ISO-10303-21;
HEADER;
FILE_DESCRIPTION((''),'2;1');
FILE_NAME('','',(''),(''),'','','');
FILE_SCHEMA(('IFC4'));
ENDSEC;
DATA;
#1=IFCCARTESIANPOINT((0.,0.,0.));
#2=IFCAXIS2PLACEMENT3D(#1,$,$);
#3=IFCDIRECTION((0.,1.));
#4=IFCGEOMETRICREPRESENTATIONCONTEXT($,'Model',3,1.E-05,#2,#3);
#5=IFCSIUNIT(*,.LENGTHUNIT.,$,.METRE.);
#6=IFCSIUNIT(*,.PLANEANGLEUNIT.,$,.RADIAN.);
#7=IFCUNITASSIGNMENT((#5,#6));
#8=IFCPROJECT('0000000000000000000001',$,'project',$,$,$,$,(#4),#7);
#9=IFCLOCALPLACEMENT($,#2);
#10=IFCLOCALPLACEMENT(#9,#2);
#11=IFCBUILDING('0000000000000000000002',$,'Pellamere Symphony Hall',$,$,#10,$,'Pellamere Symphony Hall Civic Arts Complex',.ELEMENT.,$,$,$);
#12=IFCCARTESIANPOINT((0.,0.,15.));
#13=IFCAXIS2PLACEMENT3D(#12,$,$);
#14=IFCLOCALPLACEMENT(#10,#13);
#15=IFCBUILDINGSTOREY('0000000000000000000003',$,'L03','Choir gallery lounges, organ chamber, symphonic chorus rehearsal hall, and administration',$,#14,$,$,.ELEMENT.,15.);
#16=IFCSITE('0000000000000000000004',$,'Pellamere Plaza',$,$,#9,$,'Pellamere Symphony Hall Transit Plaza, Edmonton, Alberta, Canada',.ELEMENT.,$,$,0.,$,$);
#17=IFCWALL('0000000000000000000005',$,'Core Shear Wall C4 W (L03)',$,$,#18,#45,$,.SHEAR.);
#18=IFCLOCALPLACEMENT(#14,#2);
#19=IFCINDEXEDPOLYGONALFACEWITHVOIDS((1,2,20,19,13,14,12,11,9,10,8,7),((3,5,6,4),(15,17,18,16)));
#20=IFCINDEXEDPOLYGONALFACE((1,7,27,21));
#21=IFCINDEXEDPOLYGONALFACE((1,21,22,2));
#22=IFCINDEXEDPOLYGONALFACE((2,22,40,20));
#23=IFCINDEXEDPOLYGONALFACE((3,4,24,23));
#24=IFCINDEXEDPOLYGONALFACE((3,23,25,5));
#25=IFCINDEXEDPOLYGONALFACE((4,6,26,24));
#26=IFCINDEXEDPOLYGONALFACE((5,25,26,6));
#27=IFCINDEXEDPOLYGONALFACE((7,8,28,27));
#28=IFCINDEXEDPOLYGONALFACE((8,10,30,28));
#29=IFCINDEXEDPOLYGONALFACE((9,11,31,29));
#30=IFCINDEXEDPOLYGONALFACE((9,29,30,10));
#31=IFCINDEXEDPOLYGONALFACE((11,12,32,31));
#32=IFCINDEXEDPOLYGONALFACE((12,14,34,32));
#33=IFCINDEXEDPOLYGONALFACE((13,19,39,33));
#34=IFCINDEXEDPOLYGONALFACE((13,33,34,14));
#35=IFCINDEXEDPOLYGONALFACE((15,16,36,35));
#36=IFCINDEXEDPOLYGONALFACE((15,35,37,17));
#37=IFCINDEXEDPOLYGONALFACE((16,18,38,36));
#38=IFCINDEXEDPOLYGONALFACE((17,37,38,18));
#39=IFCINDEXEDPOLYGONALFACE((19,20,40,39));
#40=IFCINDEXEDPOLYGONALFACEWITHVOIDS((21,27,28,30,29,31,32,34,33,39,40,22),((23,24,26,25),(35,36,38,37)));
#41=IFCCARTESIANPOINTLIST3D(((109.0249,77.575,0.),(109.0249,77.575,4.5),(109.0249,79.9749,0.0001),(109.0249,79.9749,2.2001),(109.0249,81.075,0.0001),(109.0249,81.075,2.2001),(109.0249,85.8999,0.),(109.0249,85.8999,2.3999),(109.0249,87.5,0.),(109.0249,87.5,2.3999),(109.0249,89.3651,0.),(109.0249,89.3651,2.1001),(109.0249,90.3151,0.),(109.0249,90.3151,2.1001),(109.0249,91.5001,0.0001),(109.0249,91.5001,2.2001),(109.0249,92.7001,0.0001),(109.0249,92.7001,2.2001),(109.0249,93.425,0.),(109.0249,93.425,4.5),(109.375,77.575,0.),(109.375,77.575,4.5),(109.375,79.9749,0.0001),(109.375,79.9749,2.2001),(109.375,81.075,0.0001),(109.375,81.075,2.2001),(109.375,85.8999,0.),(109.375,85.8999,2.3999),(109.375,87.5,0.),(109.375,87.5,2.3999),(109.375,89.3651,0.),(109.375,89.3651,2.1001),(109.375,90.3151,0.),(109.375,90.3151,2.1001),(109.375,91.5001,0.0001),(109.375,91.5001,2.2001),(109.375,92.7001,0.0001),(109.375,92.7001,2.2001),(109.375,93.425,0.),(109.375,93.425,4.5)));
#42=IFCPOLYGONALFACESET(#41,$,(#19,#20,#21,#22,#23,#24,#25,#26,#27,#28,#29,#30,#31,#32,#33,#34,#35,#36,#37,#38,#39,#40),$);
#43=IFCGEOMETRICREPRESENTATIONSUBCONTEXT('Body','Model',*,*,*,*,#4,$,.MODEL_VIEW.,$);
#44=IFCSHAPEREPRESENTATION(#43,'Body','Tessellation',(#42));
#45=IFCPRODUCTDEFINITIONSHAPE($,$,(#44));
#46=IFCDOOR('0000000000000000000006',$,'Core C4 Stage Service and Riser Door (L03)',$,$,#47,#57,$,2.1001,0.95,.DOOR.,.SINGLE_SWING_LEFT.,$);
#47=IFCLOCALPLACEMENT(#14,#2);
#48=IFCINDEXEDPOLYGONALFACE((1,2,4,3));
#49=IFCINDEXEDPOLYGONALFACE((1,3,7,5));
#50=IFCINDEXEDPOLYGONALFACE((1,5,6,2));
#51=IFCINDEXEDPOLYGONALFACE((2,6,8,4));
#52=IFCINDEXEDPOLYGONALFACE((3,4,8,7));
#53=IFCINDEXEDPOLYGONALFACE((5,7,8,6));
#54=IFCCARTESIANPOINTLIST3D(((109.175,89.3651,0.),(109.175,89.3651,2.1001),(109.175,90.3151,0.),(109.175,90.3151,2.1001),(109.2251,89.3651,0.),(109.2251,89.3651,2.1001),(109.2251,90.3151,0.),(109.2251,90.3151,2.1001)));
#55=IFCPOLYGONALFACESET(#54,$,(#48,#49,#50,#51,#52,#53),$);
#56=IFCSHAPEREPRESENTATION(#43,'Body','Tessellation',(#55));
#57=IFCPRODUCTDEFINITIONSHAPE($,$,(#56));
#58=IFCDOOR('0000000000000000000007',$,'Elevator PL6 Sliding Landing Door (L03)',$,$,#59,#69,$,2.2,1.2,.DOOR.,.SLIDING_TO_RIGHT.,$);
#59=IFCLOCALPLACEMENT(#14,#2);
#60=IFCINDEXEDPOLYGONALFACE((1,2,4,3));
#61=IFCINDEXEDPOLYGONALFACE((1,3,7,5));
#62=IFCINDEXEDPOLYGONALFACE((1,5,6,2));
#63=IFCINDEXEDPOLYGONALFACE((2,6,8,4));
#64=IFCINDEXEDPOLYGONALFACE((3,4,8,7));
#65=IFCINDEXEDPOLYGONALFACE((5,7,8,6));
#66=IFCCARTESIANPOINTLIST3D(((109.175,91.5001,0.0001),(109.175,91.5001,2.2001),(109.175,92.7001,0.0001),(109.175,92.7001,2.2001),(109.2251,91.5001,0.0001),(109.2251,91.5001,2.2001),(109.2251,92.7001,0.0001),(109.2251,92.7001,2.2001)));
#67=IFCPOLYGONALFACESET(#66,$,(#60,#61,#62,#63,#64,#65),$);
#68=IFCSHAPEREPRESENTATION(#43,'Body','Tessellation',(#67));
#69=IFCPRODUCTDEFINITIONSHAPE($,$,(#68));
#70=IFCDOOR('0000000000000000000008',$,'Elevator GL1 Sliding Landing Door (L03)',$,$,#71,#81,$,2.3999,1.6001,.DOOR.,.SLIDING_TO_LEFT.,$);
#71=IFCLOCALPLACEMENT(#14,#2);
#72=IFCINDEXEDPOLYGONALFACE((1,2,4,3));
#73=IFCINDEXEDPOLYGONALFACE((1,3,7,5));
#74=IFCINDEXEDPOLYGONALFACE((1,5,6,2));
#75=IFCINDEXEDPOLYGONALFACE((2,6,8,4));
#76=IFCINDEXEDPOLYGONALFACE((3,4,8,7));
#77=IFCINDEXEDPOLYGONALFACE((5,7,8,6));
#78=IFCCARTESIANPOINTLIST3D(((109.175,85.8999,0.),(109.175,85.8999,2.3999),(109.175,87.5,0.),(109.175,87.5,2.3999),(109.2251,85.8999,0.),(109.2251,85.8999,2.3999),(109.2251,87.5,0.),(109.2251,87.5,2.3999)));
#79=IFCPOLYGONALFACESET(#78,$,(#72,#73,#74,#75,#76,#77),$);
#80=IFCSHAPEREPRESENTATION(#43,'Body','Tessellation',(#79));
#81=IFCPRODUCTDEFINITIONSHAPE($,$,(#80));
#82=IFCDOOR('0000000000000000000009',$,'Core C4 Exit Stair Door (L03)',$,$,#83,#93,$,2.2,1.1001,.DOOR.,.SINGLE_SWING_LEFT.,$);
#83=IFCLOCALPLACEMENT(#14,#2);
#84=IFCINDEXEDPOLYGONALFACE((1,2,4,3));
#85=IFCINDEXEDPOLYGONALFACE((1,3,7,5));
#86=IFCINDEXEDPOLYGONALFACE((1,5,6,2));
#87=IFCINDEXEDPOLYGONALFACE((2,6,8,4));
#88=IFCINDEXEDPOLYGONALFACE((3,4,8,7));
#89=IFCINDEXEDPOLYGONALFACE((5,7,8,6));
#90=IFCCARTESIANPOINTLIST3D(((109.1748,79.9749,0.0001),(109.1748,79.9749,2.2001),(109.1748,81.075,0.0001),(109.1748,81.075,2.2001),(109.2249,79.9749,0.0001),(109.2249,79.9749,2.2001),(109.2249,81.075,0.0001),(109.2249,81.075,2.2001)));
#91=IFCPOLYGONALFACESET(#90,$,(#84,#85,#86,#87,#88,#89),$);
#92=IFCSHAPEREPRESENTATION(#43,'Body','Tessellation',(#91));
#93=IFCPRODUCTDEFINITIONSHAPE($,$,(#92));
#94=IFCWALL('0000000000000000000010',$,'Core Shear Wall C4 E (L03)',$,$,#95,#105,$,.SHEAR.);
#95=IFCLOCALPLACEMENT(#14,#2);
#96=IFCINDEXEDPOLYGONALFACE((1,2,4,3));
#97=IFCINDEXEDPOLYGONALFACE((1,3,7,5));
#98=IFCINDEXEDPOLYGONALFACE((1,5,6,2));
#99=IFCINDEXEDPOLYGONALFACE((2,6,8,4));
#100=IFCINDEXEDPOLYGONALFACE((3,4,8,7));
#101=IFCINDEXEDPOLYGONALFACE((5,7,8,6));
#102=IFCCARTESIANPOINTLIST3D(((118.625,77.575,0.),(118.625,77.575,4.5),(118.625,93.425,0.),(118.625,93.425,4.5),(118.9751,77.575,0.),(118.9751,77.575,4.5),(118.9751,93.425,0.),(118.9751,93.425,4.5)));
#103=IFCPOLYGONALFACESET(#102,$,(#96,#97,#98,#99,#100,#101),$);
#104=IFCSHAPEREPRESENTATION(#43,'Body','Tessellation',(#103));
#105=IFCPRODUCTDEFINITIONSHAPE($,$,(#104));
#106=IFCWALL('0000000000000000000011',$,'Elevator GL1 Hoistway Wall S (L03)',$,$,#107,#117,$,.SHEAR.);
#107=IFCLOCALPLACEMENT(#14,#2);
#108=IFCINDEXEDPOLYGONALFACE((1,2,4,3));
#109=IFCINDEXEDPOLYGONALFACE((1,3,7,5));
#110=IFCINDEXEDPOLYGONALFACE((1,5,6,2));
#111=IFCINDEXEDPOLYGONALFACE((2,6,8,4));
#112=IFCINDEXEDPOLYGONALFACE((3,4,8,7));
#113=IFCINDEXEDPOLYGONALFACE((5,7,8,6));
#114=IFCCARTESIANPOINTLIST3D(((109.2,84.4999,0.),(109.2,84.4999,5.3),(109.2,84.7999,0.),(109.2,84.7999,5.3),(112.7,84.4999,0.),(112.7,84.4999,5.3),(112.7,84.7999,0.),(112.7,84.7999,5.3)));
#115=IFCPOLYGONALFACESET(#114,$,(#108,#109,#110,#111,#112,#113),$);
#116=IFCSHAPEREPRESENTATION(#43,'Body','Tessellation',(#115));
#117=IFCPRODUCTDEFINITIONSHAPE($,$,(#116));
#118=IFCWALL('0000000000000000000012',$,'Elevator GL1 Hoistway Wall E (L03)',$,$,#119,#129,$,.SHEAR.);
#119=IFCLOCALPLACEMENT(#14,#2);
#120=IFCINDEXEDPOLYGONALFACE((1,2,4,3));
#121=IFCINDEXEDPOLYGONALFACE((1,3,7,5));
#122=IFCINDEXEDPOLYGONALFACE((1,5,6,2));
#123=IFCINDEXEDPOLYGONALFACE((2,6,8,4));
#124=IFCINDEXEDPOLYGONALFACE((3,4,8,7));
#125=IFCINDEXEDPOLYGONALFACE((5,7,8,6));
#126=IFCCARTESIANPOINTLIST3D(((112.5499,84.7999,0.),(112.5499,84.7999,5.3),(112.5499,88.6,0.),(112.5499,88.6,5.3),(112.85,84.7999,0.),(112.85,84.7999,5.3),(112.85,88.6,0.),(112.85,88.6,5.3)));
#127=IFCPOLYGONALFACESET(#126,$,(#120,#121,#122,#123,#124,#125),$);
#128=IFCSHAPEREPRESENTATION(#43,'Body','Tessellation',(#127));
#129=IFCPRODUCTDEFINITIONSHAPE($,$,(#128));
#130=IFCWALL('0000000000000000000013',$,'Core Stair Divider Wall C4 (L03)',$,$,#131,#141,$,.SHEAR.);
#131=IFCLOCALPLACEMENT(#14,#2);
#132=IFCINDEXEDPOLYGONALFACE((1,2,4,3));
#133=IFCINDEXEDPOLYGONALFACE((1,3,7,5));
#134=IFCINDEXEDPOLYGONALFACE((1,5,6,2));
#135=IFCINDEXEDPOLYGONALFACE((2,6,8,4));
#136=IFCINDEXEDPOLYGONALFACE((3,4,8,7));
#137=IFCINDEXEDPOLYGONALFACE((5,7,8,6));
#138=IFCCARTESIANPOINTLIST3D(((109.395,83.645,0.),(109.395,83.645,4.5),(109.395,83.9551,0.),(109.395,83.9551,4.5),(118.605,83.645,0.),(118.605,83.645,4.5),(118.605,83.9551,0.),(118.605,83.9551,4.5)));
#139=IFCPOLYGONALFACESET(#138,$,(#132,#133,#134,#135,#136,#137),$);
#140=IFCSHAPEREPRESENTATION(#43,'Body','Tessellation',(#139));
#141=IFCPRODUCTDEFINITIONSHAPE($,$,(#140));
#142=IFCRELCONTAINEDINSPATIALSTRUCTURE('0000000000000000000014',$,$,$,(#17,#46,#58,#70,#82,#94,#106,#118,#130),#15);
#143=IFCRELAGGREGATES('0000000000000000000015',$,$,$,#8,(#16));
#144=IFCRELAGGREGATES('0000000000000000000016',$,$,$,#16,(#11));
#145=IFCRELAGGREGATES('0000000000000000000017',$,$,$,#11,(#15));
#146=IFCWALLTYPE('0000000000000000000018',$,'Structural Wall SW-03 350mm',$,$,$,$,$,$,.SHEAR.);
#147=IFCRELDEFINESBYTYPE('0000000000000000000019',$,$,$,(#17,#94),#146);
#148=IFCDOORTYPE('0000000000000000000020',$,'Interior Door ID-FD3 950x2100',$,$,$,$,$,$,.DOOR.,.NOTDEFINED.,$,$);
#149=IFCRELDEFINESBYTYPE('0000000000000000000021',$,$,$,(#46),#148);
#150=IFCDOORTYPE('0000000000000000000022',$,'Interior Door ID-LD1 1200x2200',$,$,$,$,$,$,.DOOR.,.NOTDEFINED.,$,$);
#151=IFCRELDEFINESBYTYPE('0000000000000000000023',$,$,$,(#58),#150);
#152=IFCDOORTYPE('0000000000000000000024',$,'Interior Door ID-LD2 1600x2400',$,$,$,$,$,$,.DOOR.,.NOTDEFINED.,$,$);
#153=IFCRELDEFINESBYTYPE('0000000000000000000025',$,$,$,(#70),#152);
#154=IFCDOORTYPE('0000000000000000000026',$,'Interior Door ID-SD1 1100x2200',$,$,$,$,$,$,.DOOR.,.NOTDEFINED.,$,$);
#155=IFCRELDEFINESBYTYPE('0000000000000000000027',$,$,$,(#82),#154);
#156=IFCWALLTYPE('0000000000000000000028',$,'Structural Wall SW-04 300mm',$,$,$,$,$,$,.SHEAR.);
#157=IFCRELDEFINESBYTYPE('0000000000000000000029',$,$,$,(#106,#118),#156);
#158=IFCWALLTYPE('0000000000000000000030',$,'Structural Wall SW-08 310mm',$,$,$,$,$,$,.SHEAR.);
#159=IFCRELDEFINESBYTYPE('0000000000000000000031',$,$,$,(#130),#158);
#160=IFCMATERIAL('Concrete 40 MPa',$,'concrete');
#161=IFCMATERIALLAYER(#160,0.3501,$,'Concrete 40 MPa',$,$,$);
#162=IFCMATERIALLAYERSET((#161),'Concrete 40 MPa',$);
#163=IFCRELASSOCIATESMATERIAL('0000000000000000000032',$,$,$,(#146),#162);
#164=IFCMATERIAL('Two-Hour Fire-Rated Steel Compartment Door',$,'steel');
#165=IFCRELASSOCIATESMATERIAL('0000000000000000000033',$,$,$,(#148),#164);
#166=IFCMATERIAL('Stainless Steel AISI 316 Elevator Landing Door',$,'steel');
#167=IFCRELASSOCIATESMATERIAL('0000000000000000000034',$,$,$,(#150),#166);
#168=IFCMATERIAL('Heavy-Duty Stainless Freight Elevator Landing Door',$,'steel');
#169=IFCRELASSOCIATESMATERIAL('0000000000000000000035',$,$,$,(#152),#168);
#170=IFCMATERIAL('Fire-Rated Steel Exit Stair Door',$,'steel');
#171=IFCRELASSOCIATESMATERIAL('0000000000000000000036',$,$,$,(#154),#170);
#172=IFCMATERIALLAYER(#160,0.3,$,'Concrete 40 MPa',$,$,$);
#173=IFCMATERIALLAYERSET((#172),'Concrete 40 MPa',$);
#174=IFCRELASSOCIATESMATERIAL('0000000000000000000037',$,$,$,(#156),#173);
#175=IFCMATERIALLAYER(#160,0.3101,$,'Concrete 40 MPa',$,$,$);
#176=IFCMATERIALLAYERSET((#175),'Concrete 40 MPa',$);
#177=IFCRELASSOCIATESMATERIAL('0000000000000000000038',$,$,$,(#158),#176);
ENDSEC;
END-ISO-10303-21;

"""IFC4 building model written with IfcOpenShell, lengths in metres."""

from ifc_helpers import new_model, si_unit, direction, frame, frame_2d, origin, place, context, subcontext, project, spatial, rectangle, extrude, material, layer, layer_set, type_object, element, fill, save


model = new_model("IFC4")

# Units and contexts
model_context = context("Model", 3, precision=1e-05, world=origin(), true_north=direction((0.0, 1.0)))
body_context = subcontext(model_context, "Body", "Model", "MODEL_VIEW")
ifc_project = project(units=[si_unit("LENGTHUNIT", "METRE"), si_unit("PLANEANGLEUNIT", "RADIAN")], contexts=[model_context])

# Site, building, storey
site_placement = place(None, origin())
site = spatial("IfcSite", under=ifc_project, at=site_placement, Name="Pellamere Plaza", LongName="Pellamere Symphony Hall Transit Plaza, Edmonton, Alberta, Canada", CompositionType="ELEMENT", RefElevation=0.0)
building_placement = place(site_placement, origin())
building = spatial("IfcBuilding", under=site, at=building_placement, Name="Pellamere Symphony Hall", LongName="Pellamere Symphony Hall Civic Arts Complex", CompositionType="ELEMENT")
storey_placement = place(building_placement, frame((0.0, 0.0, 15.0)))
storey = spatial("IfcBuildingStorey", under=building, at=storey_placement, Name="L03", Description="Choir gallery lounges, organ chamber, symphonic chorus rehearsal hall, and administration", CompositionType="ELEMENT", Elevation=15.0)

# Shared definitions
ifc_material_1 = material(Name="Concrete 40 MPa", Category="concrete")

# Shared definitions
ifc_layer_1 = layer(ifc_material_1, 0.3501, Name="Concrete 40 MPa")
ifc_layer_set_1 = layer_set([ifc_layer_1], Name="Concrete 40 MPa")
wall_type_1 = type_object("IfcWallType", Name="Structural Wall SW-03 350mm", PredefinedType="SHEAR", material=ifc_layer_set_1)

# Wall, openings, doors
wall_1_placement = place(storey_placement, frame((109.2, 77.575, 0.0), z_axis=(0.0, 0.0, 1.0), x_axis=(0.0, 1.0, 0.0)))
wall_1 = element("IfcWall", 1, at=wall_1_placement, inside=storey, type_object=wall_type_1, Name="Core Shear Wall C4 W (L03)", PredefinedType="SHEAR", context=body_context, shape_type="SweptSolid", body=[
    extrude(rectangle(XDim=15.8501, YDim=0.3501, at=frame_2d((7.925, 0.0))), origin(), (0.0, 0.0, 1.0), 4.5),
])
opening_1_placement = place(wall_1_placement, frame((8.325, 0.0, 0.0)))
opening_1 = element("IfcOpeningElement", 2, at=opening_1_placement, cuts=wall_1, PredefinedType="OPENING", context=body_context, shape_type="SweptSolid", body=[
    extrude(rectangle(XDim=1.6001, YDim=2.3999, at=frame_2d((0.8, 1.2))), frame((0.0, 0.1851, 0.0), z_axis=(0.0, -1.0, 0.0), x_axis=(1.0, 0.0, 0.0)), (0.0, 0.0, 1.0), 0.3701),
])
opening_2_placement = place(wall_1_placement, frame((13.925, 0.0, 0.0)))
opening_2 = element("IfcOpeningElement", 3, at=opening_2_placement, cuts=wall_1, PredefinedType="OPENING", context=body_context, shape_type="SweptSolid", body=[
    extrude(rectangle(XDim=1.2, YDim=2.2, at=frame_2d((0.6001, 1.1001))), frame((0.0, 0.1851, 0.0), z_axis=(0.0, -1.0, 0.0), x_axis=(1.0, 0.0, 0.0)), (0.0, 0.0, 1.0), 0.3701),
])
opening_3_placement = place(wall_1_placement, frame((11.79, 0.0, 0.0)))
opening_3 = element("IfcOpeningElement", 4, at=opening_3_placement, cuts=wall_1, PredefinedType="OPENING", context=body_context, shape_type="SweptSolid", body=[
    extrude(rectangle(XDim=0.95, YDim=2.1001, at=frame_2d((0.4751, 1.05))), frame((0.0, 0.1851, 0.0), z_axis=(0.0, -1.0, 0.0), x_axis=(1.0, 0.0, 0.0)), (0.0, 0.0, 1.0), 0.3701),
])
opening_4_placement = place(wall_1_placement, frame((2.3999, 0.0, 0.0)))
opening_4 = element("IfcOpeningElement", 5, at=opening_4_placement, cuts=wall_1, PredefinedType="OPENING", context=body_context, shape_type="SweptSolid", body=[
    extrude(rectangle(XDim=1.1001, YDim=2.2, at=frame_2d((0.55, 1.1001))), frame((0.0, 0.1851, 0.0), z_axis=(0.0, -1.0, 0.0), x_axis=(1.0, 0.0, 0.0)), (0.0, 0.0, 1.0), 0.3701),
])
ifc_material_2 = material(Name="Two-Hour Fire-Rated Steel Compartment Door", Category="steel")
door_type_1 = type_object("IfcDoorType", Name="Interior Door ID-FD3 950x2100", OperationType="NOTDEFINED", PredefinedType="DOOR", material=ifc_material_2)
door_1_placement = place(opening_3_placement, origin())
door_1 = element("IfcDoor", 6, at=door_1_placement, inside=storey, type_object=door_type_1, Name="Core C4 Stage Service and Riser Door (L03)", OperationType="SINGLE_SWING_LEFT", OverallHeight=2.1001, OverallWidth=0.95, PredefinedType="DOOR", context=body_context, shape_type="SweptSolid", body=[
    extrude(rectangle(XDim=0.95, YDim=2.1001, at=frame_2d((0.4751, 1.05))), frame((0.0, 0.0249, 0.0), z_axis=(0.0, -1.0, 0.0), x_axis=(1.0, 0.0, 0.0)), (0.0, 0.0, 1.0), 0.05),
])
fill(opening_3, door_1)
ifc_material_3 = material(Name="Stainless Steel AISI 316 Elevator Landing Door", Category="steel")
door_type_2 = type_object("IfcDoorType", Name="Interior Door ID-LD1 1200x2200", OperationType="NOTDEFINED", PredefinedType="DOOR", material=ifc_material_3)
door_2_placement = place(opening_2_placement, origin())
door_2 = element("IfcDoor", 7, at=door_2_placement, inside=storey, type_object=door_type_2, Name="Elevator PL6 Sliding Landing Door (L03)", OperationType="SLIDING_TO_RIGHT", OverallHeight=2.2, OverallWidth=1.2, PredefinedType="DOOR", context=body_context, shape_type="SweptSolid", body=[
    extrude(rectangle(XDim=1.2, YDim=2.2, at=frame_2d((0.6001, 1.1001))), frame((0.0, 0.0249, 0.0), z_axis=(0.0, -1.0, 0.0), x_axis=(1.0, 0.0, 0.0)), (0.0, 0.0, 1.0), 0.05),
])
fill(opening_2, door_2)
ifc_material_4 = material(Name="Heavy-Duty Stainless Freight Elevator Landing Door", Category="steel")
door_type_3 = type_object("IfcDoorType", Name="Interior Door ID-LD2 1600x2400", OperationType="NOTDEFINED", PredefinedType="DOOR", material=ifc_material_4)
door_3_placement = place(opening_1_placement, origin())
door_3 = element("IfcDoor", 8, at=door_3_placement, inside=storey, type_object=door_type_3, Name="Elevator GL1 Sliding Landing Door (L03)", OperationType="SLIDING_TO_LEFT", OverallHeight=2.3999, OverallWidth=1.6001, PredefinedType="DOOR", context=body_context, shape_type="SweptSolid", body=[
    extrude(rectangle(XDim=1.6001, YDim=2.3999, at=frame_2d((0.8, 1.2))), frame((0.0, 0.0249, 0.0), z_axis=(0.0, -1.0, 0.0), x_axis=(1.0, 0.0, 0.0)), (0.0, 0.0, 1.0), 0.05),
])
fill(opening_1, door_3)
ifc_material_5 = material(Name="Fire-Rated Steel Exit Stair Door", Category="steel")
door_type_4 = type_object("IfcDoorType", Name="Interior Door ID-SD1 1100x2200", OperationType="NOTDEFINED", PredefinedType="DOOR", material=ifc_material_5)
door_4_placement = place(opening_4_placement, frame((1.1001, 0.0, 0.0), z_axis=(0.0, 0.0, 1.0), x_axis=(-1.0, 0.0, 0.0)))
door_4 = element("IfcDoor", 9, at=door_4_placement, inside=storey, type_object=door_type_4, Name="Core C4 Exit Stair Door (L03)", OperationType="SINGLE_SWING_LEFT", OverallHeight=2.2, OverallWidth=1.1001, PredefinedType="DOOR", context=body_context, shape_type="SweptSolid", body=[
    extrude(rectangle(XDim=1.1001, YDim=2.2, at=frame_2d((0.55, 1.1001))), frame((0.0, 0.0249, 0.0), z_axis=(0.0, -1.0, 0.0), x_axis=(1.0, 0.0, 0.0)), (0.0, 0.0, 1.0), 0.05),
])
fill(opening_4, door_4)

# Walls
wall_2_placement = place(storey_placement, frame((118.8, 77.575, 0.0), z_axis=(0.0, 0.0, 1.0), x_axis=(0.0, 1.0, 0.0)))
element("IfcWall", 10, at=wall_2_placement, inside=storey, type_object=wall_type_1, Name="Core Shear Wall C4 E (L03)", PredefinedType="SHEAR", context=body_context, shape_type="SweptSolid", body=[
    extrude(rectangle(XDim=15.8501, YDim=0.3501, at=frame_2d((7.925, 0.0))), origin(), (0.0, 0.0, 1.0), 4.5),
])
ifc_layer_2 = layer(ifc_material_1, 0.3, Name="Concrete 40 MPa")
ifc_layer_set_2 = layer_set([ifc_layer_2], Name="Concrete 40 MPa")
wall_type_2 = type_object("IfcWallType", Name="Structural Wall SW-04 300mm", PredefinedType="SHEAR", material=ifc_layer_set_2)
wall_3_placement = place(storey_placement, frame((109.2, 84.6499, 0.0), z_axis=(0.0, 0.0, 1.0), x_axis=(1.0, 0.0, 0.0)))
element("IfcWall", 11, at=wall_3_placement, inside=storey, type_object=wall_type_2, Name="Elevator GL1 Hoistway Wall S (L03)", PredefinedType="SHEAR", context=body_context, shape_type="SweptSolid", body=[
    extrude(rectangle(XDim=3.5, YDim=0.3, at=frame_2d((1.75, 0.0))), origin(), (0.0, 0.0, 1.0), 5.3),
])
wall_4_placement = place(storey_placement, frame((112.7, 84.8, 0.0), z_axis=(0.0, 0.0, 1.0), x_axis=(0.0, 1.0, 0.0)))
element("IfcWall", 12, at=wall_4_placement, inside=storey, type_object=wall_type_2, Name="Elevator GL1 Hoistway Wall E (L03)", PredefinedType="SHEAR", context=body_context, shape_type="SweptSolid", body=[
    extrude(rectangle(XDim=3.8, YDim=0.3, at=frame_2d((1.8999, 0.0))), origin(), (0.0, 0.0, 1.0), 5.3),
])
ifc_layer_3 = layer(ifc_material_1, 0.3101, Name="Concrete 40 MPa")
ifc_layer_set_3 = layer_set([ifc_layer_3], Name="Concrete 40 MPa")
wall_type_3 = type_object("IfcWallType", Name="Structural Wall SW-08 310mm", PredefinedType="SHEAR", material=ifc_layer_set_3)
wall_5_placement = place(storey_placement, frame((109.395, 83.8, 0.0), z_axis=(0.0, 0.0, 1.0), x_axis=(1.0, 0.0, 0.0)))
element("IfcWall", 13, at=wall_5_placement, inside=storey, type_object=wall_type_3, Name="Core Stair Divider Wall C4 (L03)", PredefinedType="SHEAR", context=body_context, shape_type="SweptSolid", body=[
    extrude(rectangle(XDim=9.21, YDim=0.3101, at=frame_2d((4.605, 0.0))), origin(), (0.0, 0.0, 1.0), 4.5),
])

save(model, "model.ifc")
